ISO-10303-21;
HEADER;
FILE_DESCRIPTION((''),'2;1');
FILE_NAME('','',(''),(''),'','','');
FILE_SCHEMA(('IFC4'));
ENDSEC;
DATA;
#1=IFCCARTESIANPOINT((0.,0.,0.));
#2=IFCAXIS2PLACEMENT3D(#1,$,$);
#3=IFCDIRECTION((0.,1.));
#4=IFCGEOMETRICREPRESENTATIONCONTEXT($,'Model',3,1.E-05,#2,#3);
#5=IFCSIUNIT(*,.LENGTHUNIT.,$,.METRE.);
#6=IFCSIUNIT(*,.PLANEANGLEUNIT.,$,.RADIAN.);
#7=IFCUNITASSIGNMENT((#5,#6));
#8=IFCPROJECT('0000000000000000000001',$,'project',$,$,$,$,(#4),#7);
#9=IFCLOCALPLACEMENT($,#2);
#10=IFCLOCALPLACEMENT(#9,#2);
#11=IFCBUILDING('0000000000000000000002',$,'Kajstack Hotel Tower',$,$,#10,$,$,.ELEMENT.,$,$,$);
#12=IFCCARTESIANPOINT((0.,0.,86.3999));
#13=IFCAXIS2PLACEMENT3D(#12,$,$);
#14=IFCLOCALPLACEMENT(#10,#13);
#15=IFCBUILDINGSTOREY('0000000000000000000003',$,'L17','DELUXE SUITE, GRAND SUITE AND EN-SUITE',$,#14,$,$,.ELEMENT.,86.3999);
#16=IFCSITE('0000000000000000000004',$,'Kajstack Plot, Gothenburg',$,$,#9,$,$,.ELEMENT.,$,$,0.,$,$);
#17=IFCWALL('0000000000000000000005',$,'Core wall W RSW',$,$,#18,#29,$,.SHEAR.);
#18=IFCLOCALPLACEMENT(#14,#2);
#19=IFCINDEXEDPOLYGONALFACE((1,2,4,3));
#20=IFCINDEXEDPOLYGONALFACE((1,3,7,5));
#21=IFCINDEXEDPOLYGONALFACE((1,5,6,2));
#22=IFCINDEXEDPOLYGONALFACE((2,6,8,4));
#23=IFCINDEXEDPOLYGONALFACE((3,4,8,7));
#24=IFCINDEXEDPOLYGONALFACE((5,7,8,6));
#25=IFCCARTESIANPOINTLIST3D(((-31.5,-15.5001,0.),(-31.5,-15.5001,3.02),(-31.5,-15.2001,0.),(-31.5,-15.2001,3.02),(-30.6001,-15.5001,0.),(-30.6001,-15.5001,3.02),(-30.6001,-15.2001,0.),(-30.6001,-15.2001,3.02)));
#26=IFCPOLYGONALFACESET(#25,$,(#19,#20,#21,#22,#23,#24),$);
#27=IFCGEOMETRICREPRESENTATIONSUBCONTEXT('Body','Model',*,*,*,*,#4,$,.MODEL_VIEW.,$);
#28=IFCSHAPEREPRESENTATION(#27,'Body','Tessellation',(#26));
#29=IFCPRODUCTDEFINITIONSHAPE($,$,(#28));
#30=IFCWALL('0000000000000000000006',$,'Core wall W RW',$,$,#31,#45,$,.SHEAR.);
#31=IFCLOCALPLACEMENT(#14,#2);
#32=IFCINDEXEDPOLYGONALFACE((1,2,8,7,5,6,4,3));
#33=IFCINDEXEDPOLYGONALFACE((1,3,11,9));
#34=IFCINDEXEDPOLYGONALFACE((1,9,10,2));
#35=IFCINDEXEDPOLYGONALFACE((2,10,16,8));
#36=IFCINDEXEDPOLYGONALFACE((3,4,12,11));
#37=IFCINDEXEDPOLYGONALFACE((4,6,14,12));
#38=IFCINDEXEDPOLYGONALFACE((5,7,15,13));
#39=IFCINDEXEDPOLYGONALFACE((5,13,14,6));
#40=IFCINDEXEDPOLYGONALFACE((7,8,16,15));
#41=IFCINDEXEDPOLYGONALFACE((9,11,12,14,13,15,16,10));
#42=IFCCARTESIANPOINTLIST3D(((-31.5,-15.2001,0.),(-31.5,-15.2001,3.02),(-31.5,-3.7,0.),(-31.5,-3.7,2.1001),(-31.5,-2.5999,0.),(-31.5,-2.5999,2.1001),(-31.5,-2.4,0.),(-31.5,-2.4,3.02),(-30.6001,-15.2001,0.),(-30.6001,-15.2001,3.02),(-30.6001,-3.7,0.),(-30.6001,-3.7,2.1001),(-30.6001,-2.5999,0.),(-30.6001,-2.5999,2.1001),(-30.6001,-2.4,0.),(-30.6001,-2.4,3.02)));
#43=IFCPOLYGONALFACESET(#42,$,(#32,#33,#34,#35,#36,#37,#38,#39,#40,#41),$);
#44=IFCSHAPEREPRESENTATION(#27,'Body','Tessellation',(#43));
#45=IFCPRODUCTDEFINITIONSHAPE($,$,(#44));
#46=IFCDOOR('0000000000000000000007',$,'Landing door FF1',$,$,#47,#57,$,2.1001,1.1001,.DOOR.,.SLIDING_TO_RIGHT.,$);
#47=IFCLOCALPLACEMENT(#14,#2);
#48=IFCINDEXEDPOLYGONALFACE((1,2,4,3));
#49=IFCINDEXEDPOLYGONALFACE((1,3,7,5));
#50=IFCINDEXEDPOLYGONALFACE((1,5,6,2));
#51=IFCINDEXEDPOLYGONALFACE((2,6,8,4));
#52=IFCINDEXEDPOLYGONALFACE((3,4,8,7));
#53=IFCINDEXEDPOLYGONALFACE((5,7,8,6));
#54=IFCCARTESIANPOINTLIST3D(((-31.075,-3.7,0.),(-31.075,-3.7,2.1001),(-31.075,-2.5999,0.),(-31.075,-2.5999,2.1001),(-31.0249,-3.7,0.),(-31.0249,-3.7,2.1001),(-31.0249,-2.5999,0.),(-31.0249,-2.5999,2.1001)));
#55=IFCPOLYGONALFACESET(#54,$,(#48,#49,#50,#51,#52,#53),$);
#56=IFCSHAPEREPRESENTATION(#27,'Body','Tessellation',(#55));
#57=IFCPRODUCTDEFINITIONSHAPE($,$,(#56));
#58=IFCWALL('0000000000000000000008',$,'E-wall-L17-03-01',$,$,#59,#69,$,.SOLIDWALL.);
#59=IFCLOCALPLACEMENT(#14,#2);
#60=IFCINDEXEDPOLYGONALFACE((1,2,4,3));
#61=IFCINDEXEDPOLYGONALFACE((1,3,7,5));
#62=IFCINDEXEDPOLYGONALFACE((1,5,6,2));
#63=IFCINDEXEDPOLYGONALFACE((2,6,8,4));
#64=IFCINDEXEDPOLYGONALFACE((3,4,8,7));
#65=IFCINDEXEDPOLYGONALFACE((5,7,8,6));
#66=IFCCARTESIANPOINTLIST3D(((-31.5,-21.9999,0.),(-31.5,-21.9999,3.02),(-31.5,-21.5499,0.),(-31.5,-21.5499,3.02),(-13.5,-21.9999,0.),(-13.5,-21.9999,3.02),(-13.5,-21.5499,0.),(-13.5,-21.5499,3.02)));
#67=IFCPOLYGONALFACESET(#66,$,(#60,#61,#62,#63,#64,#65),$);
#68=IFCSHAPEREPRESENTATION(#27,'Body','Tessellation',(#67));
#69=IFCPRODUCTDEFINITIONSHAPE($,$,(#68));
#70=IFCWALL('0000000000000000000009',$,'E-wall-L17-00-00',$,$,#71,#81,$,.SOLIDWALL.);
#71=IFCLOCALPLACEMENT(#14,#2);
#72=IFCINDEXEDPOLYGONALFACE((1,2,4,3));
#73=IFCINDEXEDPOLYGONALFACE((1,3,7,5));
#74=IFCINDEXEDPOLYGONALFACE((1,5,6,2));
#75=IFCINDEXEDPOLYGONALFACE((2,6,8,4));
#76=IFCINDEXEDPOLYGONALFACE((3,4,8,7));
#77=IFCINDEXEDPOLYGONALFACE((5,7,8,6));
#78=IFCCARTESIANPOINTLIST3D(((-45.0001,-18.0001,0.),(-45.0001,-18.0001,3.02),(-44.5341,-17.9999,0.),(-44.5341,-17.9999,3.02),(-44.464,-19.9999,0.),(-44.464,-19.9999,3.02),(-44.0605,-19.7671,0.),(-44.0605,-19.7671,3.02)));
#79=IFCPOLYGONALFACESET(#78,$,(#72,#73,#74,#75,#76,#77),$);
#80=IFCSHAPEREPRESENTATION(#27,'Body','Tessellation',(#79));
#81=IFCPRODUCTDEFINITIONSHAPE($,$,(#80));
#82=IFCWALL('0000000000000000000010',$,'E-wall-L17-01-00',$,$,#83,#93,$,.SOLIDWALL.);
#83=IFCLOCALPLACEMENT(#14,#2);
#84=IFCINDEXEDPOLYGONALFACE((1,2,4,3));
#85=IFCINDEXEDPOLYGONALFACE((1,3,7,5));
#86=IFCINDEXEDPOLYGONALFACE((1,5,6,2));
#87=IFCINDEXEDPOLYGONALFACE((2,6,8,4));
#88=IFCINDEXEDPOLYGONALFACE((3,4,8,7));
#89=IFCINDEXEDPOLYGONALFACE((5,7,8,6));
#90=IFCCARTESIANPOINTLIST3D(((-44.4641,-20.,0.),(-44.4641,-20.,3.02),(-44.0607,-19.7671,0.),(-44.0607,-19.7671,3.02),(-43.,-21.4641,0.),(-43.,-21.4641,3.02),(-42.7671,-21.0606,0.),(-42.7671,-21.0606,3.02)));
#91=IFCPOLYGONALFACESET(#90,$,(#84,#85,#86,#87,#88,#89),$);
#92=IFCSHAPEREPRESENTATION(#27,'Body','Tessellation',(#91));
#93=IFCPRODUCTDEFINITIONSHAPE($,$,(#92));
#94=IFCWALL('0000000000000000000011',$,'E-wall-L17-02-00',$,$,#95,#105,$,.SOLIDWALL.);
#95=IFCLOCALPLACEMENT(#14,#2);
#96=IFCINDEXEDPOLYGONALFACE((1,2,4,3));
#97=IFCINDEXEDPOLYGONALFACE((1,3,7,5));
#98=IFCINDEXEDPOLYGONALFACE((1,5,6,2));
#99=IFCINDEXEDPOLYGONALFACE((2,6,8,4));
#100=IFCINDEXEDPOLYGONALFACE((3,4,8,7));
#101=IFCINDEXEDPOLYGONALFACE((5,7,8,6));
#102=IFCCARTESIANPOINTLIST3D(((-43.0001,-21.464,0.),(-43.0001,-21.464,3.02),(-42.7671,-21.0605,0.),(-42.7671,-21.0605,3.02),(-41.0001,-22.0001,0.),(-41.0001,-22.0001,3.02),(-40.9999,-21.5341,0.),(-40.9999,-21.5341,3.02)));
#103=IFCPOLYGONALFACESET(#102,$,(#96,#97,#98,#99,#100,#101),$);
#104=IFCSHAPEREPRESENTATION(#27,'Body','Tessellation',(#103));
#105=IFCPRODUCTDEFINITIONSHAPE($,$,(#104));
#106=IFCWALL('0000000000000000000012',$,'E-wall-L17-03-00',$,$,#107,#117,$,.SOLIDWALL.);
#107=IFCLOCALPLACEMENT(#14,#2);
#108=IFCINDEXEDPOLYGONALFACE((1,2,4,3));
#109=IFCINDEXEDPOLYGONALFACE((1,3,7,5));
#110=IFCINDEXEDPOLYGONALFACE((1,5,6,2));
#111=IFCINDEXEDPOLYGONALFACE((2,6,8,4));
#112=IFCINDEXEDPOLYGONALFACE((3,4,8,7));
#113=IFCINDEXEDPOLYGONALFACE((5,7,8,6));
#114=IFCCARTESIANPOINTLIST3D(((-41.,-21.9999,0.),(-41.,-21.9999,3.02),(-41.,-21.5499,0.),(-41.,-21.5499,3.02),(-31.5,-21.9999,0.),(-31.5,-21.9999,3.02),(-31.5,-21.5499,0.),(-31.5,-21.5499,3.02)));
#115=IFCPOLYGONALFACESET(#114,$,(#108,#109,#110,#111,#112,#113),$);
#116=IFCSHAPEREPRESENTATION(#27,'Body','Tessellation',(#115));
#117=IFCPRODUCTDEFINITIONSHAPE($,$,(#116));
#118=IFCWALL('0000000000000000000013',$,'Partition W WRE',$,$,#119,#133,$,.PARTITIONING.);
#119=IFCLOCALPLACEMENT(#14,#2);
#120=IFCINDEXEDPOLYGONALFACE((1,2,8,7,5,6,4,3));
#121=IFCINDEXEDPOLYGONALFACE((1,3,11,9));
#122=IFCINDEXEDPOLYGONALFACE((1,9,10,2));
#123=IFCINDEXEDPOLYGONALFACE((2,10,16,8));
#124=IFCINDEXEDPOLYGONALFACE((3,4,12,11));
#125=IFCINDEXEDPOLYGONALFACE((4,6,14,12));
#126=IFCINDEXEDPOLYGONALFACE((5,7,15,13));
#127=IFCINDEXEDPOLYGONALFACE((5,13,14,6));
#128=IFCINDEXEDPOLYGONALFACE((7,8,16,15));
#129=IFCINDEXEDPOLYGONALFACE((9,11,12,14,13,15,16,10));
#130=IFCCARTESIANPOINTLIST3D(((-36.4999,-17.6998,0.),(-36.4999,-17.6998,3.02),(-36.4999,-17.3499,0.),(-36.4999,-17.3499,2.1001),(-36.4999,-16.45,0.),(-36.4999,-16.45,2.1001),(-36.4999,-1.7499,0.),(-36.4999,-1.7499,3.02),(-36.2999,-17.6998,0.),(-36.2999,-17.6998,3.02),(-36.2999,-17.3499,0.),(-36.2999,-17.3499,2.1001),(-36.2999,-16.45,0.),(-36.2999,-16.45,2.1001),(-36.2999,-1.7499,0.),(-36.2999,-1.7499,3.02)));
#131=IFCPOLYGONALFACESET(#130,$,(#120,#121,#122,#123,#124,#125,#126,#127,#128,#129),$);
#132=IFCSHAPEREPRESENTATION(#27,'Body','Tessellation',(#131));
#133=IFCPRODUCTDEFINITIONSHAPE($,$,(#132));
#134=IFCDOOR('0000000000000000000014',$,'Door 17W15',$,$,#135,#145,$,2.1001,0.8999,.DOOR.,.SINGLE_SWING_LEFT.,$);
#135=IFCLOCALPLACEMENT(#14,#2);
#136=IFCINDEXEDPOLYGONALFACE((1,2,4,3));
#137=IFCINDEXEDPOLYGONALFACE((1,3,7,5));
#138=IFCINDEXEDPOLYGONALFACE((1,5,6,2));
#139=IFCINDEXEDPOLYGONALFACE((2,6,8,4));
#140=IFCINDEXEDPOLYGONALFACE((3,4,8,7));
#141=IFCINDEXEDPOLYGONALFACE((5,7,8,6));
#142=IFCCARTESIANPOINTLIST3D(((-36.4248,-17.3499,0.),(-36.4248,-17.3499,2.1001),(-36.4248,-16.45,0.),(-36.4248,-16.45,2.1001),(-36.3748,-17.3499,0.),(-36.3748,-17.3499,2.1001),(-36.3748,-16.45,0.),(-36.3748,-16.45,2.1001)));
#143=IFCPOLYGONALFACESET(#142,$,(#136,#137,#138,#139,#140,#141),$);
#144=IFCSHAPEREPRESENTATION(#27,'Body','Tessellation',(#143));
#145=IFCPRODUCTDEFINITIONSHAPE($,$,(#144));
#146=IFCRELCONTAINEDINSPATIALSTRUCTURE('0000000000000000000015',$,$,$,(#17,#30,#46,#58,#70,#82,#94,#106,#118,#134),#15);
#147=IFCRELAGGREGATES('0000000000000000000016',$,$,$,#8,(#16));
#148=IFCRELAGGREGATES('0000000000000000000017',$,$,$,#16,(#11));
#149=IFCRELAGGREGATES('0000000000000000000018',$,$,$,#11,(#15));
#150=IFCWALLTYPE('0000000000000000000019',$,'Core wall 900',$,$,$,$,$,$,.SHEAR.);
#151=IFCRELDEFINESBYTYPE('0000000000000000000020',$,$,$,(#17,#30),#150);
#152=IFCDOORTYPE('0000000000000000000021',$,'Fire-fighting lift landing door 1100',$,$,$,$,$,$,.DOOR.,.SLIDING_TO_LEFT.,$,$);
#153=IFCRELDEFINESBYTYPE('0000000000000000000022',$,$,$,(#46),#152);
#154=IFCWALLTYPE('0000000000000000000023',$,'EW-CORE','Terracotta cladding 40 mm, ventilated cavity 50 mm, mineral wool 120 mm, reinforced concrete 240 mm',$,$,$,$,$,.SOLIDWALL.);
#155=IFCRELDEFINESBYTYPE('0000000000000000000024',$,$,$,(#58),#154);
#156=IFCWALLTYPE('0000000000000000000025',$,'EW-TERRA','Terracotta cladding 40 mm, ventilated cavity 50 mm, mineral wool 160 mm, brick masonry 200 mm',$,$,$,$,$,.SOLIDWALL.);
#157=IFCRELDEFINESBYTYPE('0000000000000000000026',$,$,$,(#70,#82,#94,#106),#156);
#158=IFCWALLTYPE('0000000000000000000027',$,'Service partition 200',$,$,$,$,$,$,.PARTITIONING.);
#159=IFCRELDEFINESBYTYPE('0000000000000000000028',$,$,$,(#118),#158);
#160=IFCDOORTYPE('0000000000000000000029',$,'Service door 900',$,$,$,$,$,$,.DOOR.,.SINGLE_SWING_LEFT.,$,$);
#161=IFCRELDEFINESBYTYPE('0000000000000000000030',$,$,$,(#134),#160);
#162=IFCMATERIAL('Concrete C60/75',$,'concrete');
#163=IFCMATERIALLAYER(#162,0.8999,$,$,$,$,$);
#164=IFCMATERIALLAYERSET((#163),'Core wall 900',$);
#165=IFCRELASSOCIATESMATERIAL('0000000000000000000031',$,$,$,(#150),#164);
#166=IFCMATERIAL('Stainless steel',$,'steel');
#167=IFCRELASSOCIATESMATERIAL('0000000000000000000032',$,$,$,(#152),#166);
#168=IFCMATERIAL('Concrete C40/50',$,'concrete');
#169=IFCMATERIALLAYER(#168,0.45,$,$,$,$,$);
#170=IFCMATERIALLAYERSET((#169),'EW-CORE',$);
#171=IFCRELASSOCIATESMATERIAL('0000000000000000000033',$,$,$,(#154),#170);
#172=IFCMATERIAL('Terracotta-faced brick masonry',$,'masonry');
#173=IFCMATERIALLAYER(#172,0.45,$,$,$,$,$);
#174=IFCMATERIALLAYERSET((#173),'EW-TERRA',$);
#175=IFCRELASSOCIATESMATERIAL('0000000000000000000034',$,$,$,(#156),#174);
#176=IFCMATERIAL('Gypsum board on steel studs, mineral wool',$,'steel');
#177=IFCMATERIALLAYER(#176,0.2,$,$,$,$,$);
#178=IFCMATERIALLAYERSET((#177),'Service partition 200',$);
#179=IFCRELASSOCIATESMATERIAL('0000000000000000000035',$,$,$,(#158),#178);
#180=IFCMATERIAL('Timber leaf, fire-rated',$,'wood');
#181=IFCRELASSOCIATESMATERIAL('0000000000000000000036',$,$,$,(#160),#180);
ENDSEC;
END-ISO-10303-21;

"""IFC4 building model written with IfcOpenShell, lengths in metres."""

from ifc_helpers import new_model, si_unit, direction, frame, frame_2d, origin, place, context, subcontext, project, spatial, polyline, rectangle, outline, extrude, material, layer, layer_set, type_object, element, fill, save


model = new_model("IFC4")

# Units and contexts
model_context = context("Model", 3, precision=1e-05, world=origin(), true_north=direction((0.0, 1.0)))
body_context = subcontext(model_context, "Body", "Model", "MODEL_VIEW")
ifc_project = project(units=[si_unit("LENGTHUNIT", "METRE"), si_unit("PLANEANGLEUNIT", "RADIAN")], contexts=[model_context])

# Site, building, storey
site_placement = place(None, origin())
site = spatial("IfcSite", under=ifc_project, at=site_placement, Name="Kajstack Plot, Gothenburg", CompositionType="ELEMENT", RefElevation=0.0)
building_placement = place(site_placement, origin())
building = spatial("IfcBuilding", under=site, at=building_placement, Name="Kajstack Hotel Tower", CompositionType="ELEMENT")
storey_placement = place(building_placement, frame((0.0, 0.0, 86.3999)))
storey = spatial("IfcBuildingStorey", under=building, at=storey_placement, Name="L17", Description="DELUXE SUITE, GRAND SUITE AND EN-SUITE", CompositionType="ELEMENT", Elevation=86.3999)

# Wall
ifc_material_1 = material(Name="Concrete C60/75", Category="concrete")
ifc_layer_1 = layer(ifc_material_1, 0.8999)
ifc_layer_set_1 = layer_set([ifc_layer_1], Name="Core wall 900")
wall_type_1 = type_object("IfcWallType", Name="Core wall 900", PredefinedType="SHEAR", material=ifc_layer_set_1)
wall_1_placement = place(storey_placement, frame((-31.5, -15.3501, 0.0), z_axis=(0.0, 0.0, 1.0), x_axis=(1.0, 0.0, 0.0)))
element("IfcWall", 1, at=wall_1_placement, inside=storey, type_object=wall_type_1, Name="Core wall W RSW", PredefinedType="SHEAR", context=body_context, shape_type="SweptSolid", body=[
    extrude(rectangle(XDim=0.8999, YDim=0.3, at=frame_2d((0.45, 0.0))), origin(), (0.0, 0.0, 1.0), 3.02),
])

# Wall, opening, door
wall_2_placement = place(storey_placement, frame((-31.05, -15.2, 0.0), z_axis=(0.0, 0.0, 1.0), x_axis=(0.0, 1.0, 0.0)))
wall_2 = element("IfcWall", 2, at=wall_2_placement, inside=storey, type_object=wall_type_1, Name="Core wall W RW", PredefinedType="SHEAR", context=body_context, shape_type="SweptSolid", body=[
    extrude(rectangle(XDim=12.8, YDim=0.8999, at=frame_2d((6.3999, 0.0))), origin(), (0.0, 0.0, 1.0), 3.02),
])
opening_1_placement = place(wall_2_placement, frame((11.5, 0.0, 0.0)))
opening_1 = element("IfcOpeningElement", 3, at=opening_1_placement, cuts=wall_2, PredefinedType="OPENING", context=body_context, shape_type="SweptSolid", body=[
    extrude(rectangle(XDim=1.1001, YDim=2.1001, at=frame_2d((0.55, 1.05))), frame((0.0, 0.46, 0.0), z_axis=(0.0, -1.0, 0.0), x_axis=(1.0, 0.0, 0.0)), (0.0, 0.0, 1.0), 0.9199),
])
ifc_material_2 = material(Name="Stainless steel", Category="steel")
door_type_1 = type_object("IfcDoorType", Name="Fire-fighting lift landing door 1100", OperationType="SLIDING_TO_LEFT", PredefinedType="DOOR", material=ifc_material_2)
door_1_placement = place(opening_1_placement, origin())
door_1 = element("IfcDoor", 4, at=door_1_placement, inside=storey, type_object=door_type_1, Name="Landing door FF1", OperationType="SLIDING_TO_RIGHT", OverallHeight=2.1001, OverallWidth=1.1001, PredefinedType="DOOR", context=body_context, shape_type="SweptSolid", body=[
    extrude(rectangle(XDim=1.1001, YDim=2.1001, at=frame_2d((0.55, 1.05))), frame((0.0, 0.0249, 0.0), z_axis=(0.0, -1.0, 0.0), x_axis=(1.0, 0.0, 0.0)), (0.0, 0.0, 1.0), 0.05),
])
fill(opening_1, door_1)

# Walls
ifc_material_3 = material(Name="Concrete C40/50", Category="concrete")
ifc_layer_2 = layer(ifc_material_3, 0.45)
ifc_layer_set_2 = layer_set([ifc_layer_2], Name="EW-CORE")
wall_type_2 = type_object("IfcWallType", Name="EW-CORE", Description="Terracotta cladding 40 mm, ventilated cavity 50 mm, mineral wool 120 mm, reinforced concrete 240 mm", PredefinedType="SOLIDWALL", material=ifc_layer_set_2)
wall_3_placement = place(storey_placement, frame((-31.5, -21.7749, 0.0), z_axis=(0.0, 0.0, 1.0), x_axis=(1.0, 0.0, 0.0)))
element("IfcWall", 5, at=wall_3_placement, inside=storey, type_object=wall_type_2, Name="E-wall-L17-03-01", PredefinedType="SOLIDWALL", context=body_context, shape_type="SweptSolid", body=[
    extrude(rectangle(XDim=18.0, YDim=0.45, at=frame_2d((9.0, 0.0))), origin(), (0.0, 0.0, 1.0), 3.02),
])
ifc_material_4 = material(Name="Terracotta-faced brick masonry", Category="masonry")
ifc_layer_3 = layer(ifc_material_4, 0.45)
ifc_layer_set_3 = layer_set([ifc_layer_3], Name="EW-TERRA")
wall_type_3 = type_object("IfcWallType", Name="EW-TERRA", Description="Terracotta cladding 40 mm, ventilated cavity 50 mm, mineral wool 160 mm, brick masonry 200 mm", PredefinedType="SOLIDWALL", material=ifc_layer_set_3)
wall_4_placement = place(storey_placement, frame((-44.7827, -17.9417, 0.0), z_axis=(0.0, 0.0, 1.0), x_axis=(0.258815, -0.965927, 0.0)))
element("IfcWall", 6, at=wall_4_placement, inside=storey, type_object=wall_type_3, Name="E-wall-L17-00-00", PredefinedType="SOLIDWALL", context=body_context, shape_type="SweptSolid", body=[
    extrude(outline(polyline([(0.0002, -0.2251), (2.0706, -0.2249), (1.9502, 0.2251), (0.1206, 0.2251), (0.0002, -0.2251)])), origin(), (0.0, 0.0, 1.0), 3.02),
])
wall_5_placement = place(storey_placement, frame((-44.3049, -19.8408, 0.0), z_axis=(0.0, 0.0, 1.0), x_axis=(0.707107, -0.707107, 0.0)))
element("IfcWall", 7, at=wall_5_placement, inside=storey, type_object=wall_type_3, Name="E-wall-L17-01-00", PredefinedType="SOLIDWALL", context=body_context, shape_type="SweptSolid", body=[
    extrude(outline(polyline([(0.0, -0.2251), (2.0706, -0.2251), (1.95, 0.2249), (0.1206, 0.2249), (0.0, -0.2251)])), origin(), (0.0, 0.0, 1.0), 3.02),
])
wall_6_placement = place(storey_placement, frame((-42.9417, -21.2468, 0.0), z_axis=(0.0, 0.0, 1.0), x_axis=(0.965927, -0.258815, 0.0)))
element("IfcWall", 8, at=wall_6_placement, inside=storey, type_object=wall_type_3, Name="E-wall-L17-02-00", PredefinedType="SOLIDWALL", context=body_context, shape_type="SweptSolid", body=[
    extrude(outline(polyline([(-0.0002, -0.2249), (2.0703, -0.2251), (1.95, 0.2251), (0.1204, 0.2251), (-0.0002, -0.2249)])), origin(), (0.0, 0.0, 1.0), 3.02),
])
wall_7_placement = place(storey_placement, frame((-41.0, -21.7749, 0.0), z_axis=(0.0, 0.0, 1.0), x_axis=(1.0, 0.0, 0.0)))
element("IfcWall", 9, at=wall_7_placement, inside=storey, type_object=wall_type_3, Name="E-wall-L17-03-00", PredefinedType="SOLIDWALL", context=body_context, shape_type="SweptSolid", body=[
    extrude(rectangle(XDim=9.5, YDim=0.45, at=frame_2d((4.75, 0.0))), origin(), (0.0, 0.0, 1.0), 3.02),
])

# Wall, opening, door
ifc_material_5 = material(Name="Gypsum board on steel studs, mineral wool", Category="steel")
ifc_layer_4 = layer(ifc_material_5, 0.2)
ifc_layer_set_4 = layer_set([ifc_layer_4], Name="Service partition 200")
wall_type_4 = type_object("IfcWallType", Name="Service partition 200", PredefinedType="PARTITIONING", material=ifc_layer_set_4)
wall_8_placement = place(storey_placement, frame((-36.3999, -17.7, 0.0), z_axis=(0.0, 0.0, 1.0), x_axis=(0.0, 1.0, 0.0)))
wall_8 = element("IfcWall", 10, at=wall_8_placement, inside=storey, type_object=wall_type_4, Name="Partition W WRE", PredefinedType="PARTITIONING", context=body_context, shape_type="SweptSolid", body=[
    extrude(rectangle(XDim=15.95, YDim=0.2, at=frame_2d((7.9751, 0.0))), origin(), (0.0, 0.0, 1.0), 3.02),
])
opening_2_placement = place(wall_8_placement, frame((0.3501, 0.0, 0.0)))
opening_2 = element("IfcOpeningElement", 11, at=opening_2_placement, cuts=wall_8, PredefinedType="OPENING", context=body_context, shape_type="SweptSolid", body=[
    extrude(rectangle(XDim=0.8999, YDim=2.1001, at=frame_2d((0.45, 1.05))), frame((0.0, 0.1099, 0.0), z_axis=(0.0, -1.0, 0.0), x_axis=(1.0, 0.0, 0.0)), (0.0, 0.0, 1.0), 0.22),
])
ifc_material_6 = material(Name="Timber leaf, fire-rated", Category="wood")
door_type_2 = type_object("IfcDoorType", Name="Service door 900", OperationType="SINGLE_SWING_LEFT", PredefinedType="DOOR", material=ifc_material_6)
door_2_placement = place(opening_2_placement, origin())
door_2 = element("IfcDoor", 12, at=door_2_placement, inside=storey, type_object=door_type_2, Name="Door 17W15", OperationType="SINGLE_SWING_LEFT", OverallHeight=2.1001, OverallWidth=0.8999, PredefinedType="DOOR", context=body_context, shape_type="SweptSolid", body=[
    extrude(rectangle(XDim=0.8999, YDim=2.1001, at=frame_2d((0.45, 1.05))), frame((0.0, 0.0249, 0.0), z_axis=(0.0, -1.0, 0.0), x_axis=(1.0, 0.0, 0.0)), (0.0, 0.0, 1.0), 0.05),
])
fill(opening_2, door_2)

save(model, "model.ifc")
